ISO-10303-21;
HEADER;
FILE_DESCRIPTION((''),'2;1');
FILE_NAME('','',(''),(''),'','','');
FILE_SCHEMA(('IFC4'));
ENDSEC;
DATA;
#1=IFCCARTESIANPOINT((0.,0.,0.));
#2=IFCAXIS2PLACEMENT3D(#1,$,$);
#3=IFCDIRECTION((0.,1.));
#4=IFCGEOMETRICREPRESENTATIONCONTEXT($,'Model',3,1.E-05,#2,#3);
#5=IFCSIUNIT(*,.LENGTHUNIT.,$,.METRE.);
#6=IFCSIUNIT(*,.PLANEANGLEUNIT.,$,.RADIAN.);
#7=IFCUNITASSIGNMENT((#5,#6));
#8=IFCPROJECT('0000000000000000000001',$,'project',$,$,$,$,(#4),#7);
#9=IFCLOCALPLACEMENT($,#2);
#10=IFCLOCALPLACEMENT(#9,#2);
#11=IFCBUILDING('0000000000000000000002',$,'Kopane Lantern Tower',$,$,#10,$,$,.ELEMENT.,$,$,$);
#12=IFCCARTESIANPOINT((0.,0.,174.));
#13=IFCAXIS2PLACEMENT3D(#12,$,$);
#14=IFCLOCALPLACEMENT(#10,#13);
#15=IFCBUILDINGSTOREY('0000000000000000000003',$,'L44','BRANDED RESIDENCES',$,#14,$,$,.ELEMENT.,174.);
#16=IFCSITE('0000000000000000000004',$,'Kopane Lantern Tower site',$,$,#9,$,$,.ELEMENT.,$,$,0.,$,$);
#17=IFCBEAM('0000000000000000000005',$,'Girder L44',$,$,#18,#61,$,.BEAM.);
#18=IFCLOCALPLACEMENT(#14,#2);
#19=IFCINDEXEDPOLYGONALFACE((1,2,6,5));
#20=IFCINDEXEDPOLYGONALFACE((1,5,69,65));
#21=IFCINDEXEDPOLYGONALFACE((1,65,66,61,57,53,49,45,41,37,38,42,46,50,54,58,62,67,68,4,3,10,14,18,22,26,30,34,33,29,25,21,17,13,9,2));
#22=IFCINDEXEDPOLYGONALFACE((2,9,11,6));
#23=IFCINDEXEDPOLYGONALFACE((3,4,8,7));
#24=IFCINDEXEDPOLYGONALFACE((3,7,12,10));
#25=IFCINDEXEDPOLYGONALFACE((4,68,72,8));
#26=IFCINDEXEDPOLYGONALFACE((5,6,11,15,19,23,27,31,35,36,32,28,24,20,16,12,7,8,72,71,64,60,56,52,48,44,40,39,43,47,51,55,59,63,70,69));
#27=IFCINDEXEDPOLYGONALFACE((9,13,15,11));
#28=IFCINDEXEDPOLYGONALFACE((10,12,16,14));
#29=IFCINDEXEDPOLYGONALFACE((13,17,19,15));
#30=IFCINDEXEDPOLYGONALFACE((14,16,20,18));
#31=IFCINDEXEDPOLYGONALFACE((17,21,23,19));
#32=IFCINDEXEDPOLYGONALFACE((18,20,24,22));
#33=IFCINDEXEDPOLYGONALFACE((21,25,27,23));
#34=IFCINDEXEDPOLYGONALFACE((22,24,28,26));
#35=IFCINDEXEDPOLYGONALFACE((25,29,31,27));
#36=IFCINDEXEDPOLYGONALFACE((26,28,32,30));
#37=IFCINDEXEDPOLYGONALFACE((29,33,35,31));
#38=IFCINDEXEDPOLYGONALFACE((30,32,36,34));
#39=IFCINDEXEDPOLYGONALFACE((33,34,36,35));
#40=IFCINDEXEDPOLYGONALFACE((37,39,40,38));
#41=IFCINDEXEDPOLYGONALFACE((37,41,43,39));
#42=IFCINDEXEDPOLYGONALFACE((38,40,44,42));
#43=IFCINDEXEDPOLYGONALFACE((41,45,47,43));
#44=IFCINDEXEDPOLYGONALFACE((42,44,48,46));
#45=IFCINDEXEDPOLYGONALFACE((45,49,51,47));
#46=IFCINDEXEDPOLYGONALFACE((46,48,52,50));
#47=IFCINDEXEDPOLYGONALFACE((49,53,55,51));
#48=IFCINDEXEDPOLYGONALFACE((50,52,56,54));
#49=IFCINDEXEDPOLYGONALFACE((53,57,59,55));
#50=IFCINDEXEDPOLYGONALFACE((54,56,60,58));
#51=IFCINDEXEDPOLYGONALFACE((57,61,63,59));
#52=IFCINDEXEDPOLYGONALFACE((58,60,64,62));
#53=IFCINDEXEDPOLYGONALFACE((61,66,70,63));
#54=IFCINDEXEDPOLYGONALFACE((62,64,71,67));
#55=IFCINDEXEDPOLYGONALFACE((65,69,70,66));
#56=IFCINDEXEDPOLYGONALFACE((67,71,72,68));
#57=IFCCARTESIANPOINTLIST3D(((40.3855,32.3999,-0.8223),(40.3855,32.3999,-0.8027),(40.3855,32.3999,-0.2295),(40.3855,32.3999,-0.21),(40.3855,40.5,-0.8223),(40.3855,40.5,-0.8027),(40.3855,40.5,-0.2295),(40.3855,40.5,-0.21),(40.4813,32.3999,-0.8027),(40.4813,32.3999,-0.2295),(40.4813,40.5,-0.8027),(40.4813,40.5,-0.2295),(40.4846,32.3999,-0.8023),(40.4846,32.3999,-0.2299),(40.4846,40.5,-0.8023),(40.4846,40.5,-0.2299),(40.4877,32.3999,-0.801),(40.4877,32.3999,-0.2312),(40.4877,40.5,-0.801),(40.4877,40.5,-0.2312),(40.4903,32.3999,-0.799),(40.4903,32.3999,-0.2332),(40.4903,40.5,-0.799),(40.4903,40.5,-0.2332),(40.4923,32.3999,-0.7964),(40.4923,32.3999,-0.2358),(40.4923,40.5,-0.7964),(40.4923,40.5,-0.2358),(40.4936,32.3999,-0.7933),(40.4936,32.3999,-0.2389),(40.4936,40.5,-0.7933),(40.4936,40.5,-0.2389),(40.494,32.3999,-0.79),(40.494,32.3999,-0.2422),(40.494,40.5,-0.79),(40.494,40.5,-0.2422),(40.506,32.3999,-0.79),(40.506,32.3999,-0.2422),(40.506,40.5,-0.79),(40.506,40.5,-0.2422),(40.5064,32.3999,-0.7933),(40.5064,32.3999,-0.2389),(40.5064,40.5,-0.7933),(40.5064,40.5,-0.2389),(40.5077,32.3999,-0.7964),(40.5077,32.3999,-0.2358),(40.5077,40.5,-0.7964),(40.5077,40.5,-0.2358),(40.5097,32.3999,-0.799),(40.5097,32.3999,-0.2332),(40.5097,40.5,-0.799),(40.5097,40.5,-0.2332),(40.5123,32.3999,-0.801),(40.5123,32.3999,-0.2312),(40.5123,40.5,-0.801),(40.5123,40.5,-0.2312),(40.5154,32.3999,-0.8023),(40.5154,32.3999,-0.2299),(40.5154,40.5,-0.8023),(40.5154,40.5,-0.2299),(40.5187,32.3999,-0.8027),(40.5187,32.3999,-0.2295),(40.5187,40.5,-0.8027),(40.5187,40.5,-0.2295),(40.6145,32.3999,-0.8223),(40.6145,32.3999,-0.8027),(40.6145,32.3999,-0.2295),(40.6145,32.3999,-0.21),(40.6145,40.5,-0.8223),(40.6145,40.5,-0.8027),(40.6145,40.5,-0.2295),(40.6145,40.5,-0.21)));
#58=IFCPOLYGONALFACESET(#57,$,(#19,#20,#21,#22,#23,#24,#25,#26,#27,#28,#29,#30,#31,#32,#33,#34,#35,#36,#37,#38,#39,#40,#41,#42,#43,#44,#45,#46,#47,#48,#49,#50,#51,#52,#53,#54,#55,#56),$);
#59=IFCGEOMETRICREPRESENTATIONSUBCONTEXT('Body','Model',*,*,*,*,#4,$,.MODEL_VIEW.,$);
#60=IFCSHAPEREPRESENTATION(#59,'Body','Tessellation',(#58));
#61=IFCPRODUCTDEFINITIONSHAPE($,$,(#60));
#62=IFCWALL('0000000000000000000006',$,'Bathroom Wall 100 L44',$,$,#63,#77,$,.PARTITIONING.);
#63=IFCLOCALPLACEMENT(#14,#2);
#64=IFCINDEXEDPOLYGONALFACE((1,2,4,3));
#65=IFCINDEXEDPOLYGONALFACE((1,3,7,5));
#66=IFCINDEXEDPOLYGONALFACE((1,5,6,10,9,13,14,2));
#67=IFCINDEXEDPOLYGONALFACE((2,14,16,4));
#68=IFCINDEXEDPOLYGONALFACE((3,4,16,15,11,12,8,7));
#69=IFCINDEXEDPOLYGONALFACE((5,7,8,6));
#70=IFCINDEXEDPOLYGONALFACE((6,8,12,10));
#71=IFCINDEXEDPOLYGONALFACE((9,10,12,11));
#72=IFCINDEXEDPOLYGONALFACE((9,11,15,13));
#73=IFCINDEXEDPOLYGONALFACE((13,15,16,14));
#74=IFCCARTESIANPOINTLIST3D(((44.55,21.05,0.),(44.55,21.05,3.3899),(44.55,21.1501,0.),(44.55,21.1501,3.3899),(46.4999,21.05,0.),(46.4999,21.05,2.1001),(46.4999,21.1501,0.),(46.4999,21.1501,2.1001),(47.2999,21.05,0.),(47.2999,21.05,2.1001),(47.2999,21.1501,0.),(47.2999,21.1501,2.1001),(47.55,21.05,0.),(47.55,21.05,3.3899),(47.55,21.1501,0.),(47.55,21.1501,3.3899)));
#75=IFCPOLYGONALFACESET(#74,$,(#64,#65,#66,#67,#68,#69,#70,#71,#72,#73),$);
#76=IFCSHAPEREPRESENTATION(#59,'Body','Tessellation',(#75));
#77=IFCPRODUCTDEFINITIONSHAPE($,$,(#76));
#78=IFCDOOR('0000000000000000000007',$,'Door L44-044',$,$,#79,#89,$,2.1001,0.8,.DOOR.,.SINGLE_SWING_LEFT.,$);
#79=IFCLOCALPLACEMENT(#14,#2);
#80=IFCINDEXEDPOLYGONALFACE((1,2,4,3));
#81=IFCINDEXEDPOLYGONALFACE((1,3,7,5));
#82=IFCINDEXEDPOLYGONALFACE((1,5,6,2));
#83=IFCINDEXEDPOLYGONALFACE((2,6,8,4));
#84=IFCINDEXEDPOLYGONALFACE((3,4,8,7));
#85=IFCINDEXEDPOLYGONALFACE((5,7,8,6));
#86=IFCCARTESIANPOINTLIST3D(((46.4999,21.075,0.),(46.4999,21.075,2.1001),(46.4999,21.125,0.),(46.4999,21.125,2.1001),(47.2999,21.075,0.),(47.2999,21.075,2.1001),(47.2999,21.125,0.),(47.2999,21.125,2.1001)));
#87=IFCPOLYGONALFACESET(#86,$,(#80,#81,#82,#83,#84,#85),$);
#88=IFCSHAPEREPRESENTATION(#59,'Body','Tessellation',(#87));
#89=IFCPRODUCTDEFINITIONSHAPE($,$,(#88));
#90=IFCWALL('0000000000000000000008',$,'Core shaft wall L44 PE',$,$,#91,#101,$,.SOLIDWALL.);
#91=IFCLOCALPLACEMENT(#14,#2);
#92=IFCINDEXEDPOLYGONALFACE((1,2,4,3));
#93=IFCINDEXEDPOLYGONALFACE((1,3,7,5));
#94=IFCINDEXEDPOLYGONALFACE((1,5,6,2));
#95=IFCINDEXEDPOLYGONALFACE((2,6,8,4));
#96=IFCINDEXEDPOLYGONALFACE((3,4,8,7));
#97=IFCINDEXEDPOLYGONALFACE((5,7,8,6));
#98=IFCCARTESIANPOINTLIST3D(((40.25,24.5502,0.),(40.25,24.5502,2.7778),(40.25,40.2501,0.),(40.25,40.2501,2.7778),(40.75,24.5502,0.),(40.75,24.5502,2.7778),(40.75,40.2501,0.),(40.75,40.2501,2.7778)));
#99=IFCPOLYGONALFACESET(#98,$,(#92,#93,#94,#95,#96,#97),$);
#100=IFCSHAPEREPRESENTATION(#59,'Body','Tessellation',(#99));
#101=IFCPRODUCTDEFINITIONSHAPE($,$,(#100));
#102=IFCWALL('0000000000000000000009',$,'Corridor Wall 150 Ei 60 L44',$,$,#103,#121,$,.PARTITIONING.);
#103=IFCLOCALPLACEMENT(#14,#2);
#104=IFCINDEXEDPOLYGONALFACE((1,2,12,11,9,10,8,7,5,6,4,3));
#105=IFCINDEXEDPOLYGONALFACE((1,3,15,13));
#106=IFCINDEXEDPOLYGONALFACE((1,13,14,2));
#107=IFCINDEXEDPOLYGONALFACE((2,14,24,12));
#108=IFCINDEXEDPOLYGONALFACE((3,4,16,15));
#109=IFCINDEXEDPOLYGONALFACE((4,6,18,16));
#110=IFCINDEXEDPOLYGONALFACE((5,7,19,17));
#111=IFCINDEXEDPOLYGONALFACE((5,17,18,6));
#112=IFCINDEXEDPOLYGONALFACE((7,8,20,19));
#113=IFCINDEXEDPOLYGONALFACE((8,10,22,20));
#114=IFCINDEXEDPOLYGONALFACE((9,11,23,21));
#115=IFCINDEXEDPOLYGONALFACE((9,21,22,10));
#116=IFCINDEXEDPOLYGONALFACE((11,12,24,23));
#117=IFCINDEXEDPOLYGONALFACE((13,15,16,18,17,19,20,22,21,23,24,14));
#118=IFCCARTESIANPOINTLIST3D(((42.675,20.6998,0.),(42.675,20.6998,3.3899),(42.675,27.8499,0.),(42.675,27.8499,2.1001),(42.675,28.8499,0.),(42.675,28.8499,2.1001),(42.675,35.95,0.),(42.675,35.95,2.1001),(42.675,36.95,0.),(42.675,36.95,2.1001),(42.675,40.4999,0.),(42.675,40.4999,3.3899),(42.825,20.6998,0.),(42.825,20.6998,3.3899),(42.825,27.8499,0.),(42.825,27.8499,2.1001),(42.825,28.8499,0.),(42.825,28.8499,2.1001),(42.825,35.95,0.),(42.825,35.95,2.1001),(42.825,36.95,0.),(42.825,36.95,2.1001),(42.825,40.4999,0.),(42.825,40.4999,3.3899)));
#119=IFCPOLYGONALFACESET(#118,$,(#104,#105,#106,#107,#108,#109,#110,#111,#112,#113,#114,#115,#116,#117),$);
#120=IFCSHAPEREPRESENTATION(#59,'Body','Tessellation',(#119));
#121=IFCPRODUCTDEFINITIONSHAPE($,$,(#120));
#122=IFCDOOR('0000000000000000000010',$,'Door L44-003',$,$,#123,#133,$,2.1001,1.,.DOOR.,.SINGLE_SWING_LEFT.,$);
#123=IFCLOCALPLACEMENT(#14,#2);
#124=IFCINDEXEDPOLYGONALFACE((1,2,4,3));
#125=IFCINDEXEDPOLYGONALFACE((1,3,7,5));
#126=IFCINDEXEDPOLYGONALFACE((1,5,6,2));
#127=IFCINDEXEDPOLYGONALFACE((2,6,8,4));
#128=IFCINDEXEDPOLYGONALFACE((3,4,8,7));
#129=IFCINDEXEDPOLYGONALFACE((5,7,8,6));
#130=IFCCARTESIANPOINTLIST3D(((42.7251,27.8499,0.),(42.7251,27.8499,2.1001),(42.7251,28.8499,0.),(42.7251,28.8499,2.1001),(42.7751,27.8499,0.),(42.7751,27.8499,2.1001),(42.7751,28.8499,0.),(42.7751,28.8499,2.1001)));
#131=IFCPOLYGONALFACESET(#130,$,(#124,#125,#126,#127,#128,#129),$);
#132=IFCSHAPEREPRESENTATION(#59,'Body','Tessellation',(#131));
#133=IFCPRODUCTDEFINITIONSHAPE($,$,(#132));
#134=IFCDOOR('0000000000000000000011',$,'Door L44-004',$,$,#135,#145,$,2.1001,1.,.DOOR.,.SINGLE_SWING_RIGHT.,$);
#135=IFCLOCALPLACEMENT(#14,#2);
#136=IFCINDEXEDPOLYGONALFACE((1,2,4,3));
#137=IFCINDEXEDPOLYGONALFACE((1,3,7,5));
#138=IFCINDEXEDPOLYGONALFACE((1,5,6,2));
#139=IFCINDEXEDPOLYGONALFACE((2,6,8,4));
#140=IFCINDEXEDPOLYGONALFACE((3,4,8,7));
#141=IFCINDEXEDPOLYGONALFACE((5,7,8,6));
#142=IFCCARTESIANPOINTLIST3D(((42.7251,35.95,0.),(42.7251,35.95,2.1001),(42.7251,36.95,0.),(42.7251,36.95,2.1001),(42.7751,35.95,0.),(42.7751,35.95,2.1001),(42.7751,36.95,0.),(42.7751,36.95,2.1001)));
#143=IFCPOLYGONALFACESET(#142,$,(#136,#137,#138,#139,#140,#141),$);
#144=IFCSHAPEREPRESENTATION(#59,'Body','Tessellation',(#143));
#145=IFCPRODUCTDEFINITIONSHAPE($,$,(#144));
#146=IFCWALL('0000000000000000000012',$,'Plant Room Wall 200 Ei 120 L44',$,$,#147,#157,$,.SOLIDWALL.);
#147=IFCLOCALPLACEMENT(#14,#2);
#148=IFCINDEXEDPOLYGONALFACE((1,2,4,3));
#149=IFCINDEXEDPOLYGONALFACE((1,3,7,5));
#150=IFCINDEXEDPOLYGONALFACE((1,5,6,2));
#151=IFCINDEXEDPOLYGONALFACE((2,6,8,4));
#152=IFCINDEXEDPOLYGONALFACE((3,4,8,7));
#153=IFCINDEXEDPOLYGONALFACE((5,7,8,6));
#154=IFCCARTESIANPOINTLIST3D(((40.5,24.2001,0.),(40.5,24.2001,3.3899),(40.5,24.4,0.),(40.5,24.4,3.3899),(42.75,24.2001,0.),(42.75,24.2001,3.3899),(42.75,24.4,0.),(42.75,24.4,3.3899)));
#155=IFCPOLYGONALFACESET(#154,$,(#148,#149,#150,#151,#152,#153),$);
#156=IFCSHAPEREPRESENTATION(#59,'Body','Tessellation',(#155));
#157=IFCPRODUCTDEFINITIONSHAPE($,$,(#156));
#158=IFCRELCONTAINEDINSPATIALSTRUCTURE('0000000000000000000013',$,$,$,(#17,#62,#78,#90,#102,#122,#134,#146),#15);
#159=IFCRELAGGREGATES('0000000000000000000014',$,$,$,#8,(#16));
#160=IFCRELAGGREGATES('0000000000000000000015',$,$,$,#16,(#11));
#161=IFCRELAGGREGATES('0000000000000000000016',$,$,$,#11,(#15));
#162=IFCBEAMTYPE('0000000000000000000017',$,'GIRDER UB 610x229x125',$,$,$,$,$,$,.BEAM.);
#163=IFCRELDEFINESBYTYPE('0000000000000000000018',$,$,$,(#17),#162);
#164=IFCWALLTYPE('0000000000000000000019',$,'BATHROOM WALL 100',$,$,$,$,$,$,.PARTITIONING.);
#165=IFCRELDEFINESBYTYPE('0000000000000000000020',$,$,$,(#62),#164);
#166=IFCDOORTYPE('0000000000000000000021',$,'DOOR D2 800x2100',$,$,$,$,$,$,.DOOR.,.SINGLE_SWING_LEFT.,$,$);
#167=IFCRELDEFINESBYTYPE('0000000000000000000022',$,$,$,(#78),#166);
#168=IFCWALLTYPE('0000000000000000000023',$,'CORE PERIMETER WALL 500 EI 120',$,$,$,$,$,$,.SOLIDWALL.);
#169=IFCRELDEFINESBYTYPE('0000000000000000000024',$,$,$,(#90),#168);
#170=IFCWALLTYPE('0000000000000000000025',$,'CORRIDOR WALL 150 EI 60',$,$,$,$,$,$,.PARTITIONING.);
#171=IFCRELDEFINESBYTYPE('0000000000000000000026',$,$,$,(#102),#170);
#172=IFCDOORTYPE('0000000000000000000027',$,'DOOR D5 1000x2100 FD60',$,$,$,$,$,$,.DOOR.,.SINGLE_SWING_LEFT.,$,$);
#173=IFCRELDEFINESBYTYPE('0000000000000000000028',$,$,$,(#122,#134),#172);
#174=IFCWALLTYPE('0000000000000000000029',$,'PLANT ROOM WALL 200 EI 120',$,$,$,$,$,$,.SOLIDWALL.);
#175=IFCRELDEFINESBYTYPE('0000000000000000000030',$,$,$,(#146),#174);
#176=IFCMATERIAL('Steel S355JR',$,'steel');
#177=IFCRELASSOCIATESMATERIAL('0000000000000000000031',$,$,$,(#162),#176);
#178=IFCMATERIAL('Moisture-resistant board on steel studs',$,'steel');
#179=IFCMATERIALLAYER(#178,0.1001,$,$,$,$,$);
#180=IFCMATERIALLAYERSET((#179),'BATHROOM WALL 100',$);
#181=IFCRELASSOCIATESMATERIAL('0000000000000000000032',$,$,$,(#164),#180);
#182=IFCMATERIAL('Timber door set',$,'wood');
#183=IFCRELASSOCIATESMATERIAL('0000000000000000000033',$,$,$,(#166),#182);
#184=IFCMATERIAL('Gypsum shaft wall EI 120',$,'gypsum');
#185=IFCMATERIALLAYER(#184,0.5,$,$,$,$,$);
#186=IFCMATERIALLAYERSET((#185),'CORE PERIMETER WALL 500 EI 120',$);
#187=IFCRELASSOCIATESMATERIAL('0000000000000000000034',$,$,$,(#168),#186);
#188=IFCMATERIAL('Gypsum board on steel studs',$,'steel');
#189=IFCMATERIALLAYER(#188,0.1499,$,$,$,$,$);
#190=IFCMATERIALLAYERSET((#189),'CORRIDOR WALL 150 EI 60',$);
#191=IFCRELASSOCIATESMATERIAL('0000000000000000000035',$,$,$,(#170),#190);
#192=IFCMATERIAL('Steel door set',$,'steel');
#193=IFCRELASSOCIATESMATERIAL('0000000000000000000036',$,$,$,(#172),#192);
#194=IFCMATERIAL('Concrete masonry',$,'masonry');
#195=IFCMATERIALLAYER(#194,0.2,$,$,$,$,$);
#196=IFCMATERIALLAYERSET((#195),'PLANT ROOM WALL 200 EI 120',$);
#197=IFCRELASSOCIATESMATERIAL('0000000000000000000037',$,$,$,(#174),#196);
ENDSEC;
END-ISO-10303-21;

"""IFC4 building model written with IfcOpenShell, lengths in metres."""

from ifc_helpers import new_model, si_unit, direction, frame, frame_2d, origin, origin_2d, place, context, subcontext, project, spatial, rectangle, i_section, extrude, material, layer, layer_set, material_profile, profile_set, type_object, element, fill, save


model = new_model("IFC4")

# Units and contexts
model_context = context("Model", 3, precision=1e-05, world=origin(), true_north=direction((0.0, 1.0)))
body_context = subcontext(model_context, "Body", "Model", "MODEL_VIEW")
ifc_project = project(units=[si_unit("LENGTHUNIT", "METRE"), si_unit("PLANEANGLEUNIT", "RADIAN")], contexts=[model_context])

# Site, building, storey
site_placement = place(None, origin())
site = spatial("IfcSite", under=ifc_project, at=site_placement, Name="Kopane Lantern Tower site", CompositionType="ELEMENT", RefElevation=0.0)
building_placement = place(site_placement, origin())
building = spatial("IfcBuilding", under=site, at=building_placement, Name="Kopane Lantern Tower", CompositionType="ELEMENT")
storey_placement = place(building_placement, frame((0.0, 0.0, 174.0)))
storey = spatial("IfcBuildingStorey", under=building, at=storey_placement, Name="L44", Description="BRANDED RESIDENCES", CompositionType="ELEMENT", Elevation=174.0)

# Beam
ifc_material_1 = material(Name="Steel S355JR", Category="steel")
ifc_material_profile_1 = material_profile(ifc_material_1, i_section(OverallWidth=0.229, OverallDepth=0.6123, WebThickness=0.012, FlangeThickness=0.0195, FilletRadius=0.0127, at=origin_2d()), Name="UB 610x229x125")
ifc_profile_set_1 = profile_set([ifc_material_profile_1], Name="Steel S355JR")
beam_type = type_object("IfcBeamType", Name="GIRDER UB 610x229x125", PredefinedType="BEAM", material=ifc_profile_set_1)
for number, where, z_axis, x_axis, name in (
    (1, (40.5, 32.3999, -0.5161), (0.0, 1.0, 0.0), (-1.0, 0.0, 0.0), "Girder L44"),
):
    element("IfcBeam", number, at=place(storey_placement, frame(where, z_axis=z_axis, x_axis=x_axis)), inside=storey, type_object=beam_type, Name=name, PredefinedType="BEAM", context=body_context, shape_type="SweptSolid", body=[
        extrude(i_section(OverallWidth=0.229, OverallDepth=0.6123, WebThickness=0.012, FlangeThickness=0.0195, FilletRadius=0.0127, at=origin_2d()), origin(), (0.0, 0.0, 1.0), 8.1001),
    ])

# Wall, opening, door
ifc_material_2 = material(Name="Moisture-resistant board on steel studs", Category="steel")
ifc_layer_1 = layer(ifc_material_2, 0.1001)
ifc_layer_set_1 = layer_set([ifc_layer_1], Name="BATHROOM WALL 100")
wall_type_1 = type_object("IfcWallType", Name="BATHROOM WALL 100", PredefinedType="PARTITIONING", material=ifc_layer_set_1)
wall_1_placement = place(storey_placement, frame((44.55, 21.1001, 0.0), z_axis=(0.0, 0.0, 1.0), x_axis=(1.0, 0.0, 0.0)))
wall_1 = element("IfcWall", 2, at=wall_1_placement, inside=storey, type_object=wall_type_1, Name="Bathroom Wall 100 L44", PredefinedType="PARTITIONING", context=body_context, shape_type="SweptSolid", body=[
    extrude(rectangle(XDim=3.0, YDim=0.1001, at=frame_2d((1.5, 0.0))), origin(), (0.0, 0.0, 1.0), 3.3899),
])
opening_1_placement = place(wall_1_placement, frame((1.95, 0.0, 0.0)))
opening_1 = element("IfcOpeningElement", 3, at=opening_1_placement, cuts=wall_1, PredefinedType="OPENING", context=body_context, shape_type="SweptSolid", body=[
    extrude(rectangle(XDim=0.8, YDim=2.1001, at=frame_2d((0.3999, 1.05))), frame((0.0, 0.0601, 0.0), z_axis=(0.0, -1.0, 0.0), x_axis=(1.0, 0.0, 0.0)), (0.0, 0.0, 1.0), 0.1201),
])
ifc_material_3 = material(Name="Timber door set", Category="wood")
door_type_1 = type_object("IfcDoorType", Name="DOOR D2 800x2100", OperationType="SINGLE_SWING_LEFT", PredefinedType="DOOR", material=ifc_material_3)
door_1_placement = place(opening_1_placement, origin())
door_1 = element("IfcDoor", 4, at=door_1_placement, inside=storey, type_object=door_type_1, Name="Door L44-044", OperationType="SINGLE_SWING_LEFT", OverallHeight=2.1001, OverallWidth=0.8, PredefinedType="DOOR", context=body_context, shape_type="SweptSolid", body=[
    extrude(rectangle(XDim=0.8, YDim=2.1001, at=frame_2d((0.3999, 1.05))), frame((0.0, 0.0249, 0.0), z_axis=(0.0, -1.0, 0.0), x_axis=(1.0, 0.0, 0.0)), (0.0, 0.0, 1.0), 0.05),
])
fill(opening_1, door_1)

# Wall
ifc_material_4 = material(Name="Gypsum shaft wall EI 120", Category="gypsum")
ifc_layer_2 = layer(ifc_material_4, 0.5)
ifc_layer_set_2 = layer_set([ifc_layer_2], Name="CORE PERIMETER WALL 500 EI 120")
wall_type_2 = type_object("IfcWallType", Name="CORE PERIMETER WALL 500 EI 120", PredefinedType="SOLIDWALL", material=ifc_layer_set_2)
wall_2_placement = place(storey_placement, frame((40.5, 24.55, 0.0), z_axis=(0.0, 0.0, 1.0), x_axis=(0.0, 1.0, 0.0)))
element("IfcWall", 5, at=wall_2_placement, inside=storey, type_object=wall_type_2, Name="Core shaft wall L44 PE", PredefinedType="SOLIDWALL", context=body_context, shape_type="SweptSolid", body=[
    extrude(rectangle(XDim=15.7, YDim=0.5, at=frame_2d((7.8501, 0.0))), origin(), (0.0, 0.0, 1.0), 2.7778),
])

# Wall, openings, doors
ifc_material_5 = material(Name="Gypsum board on steel studs", Category="steel")
ifc_layer_3 = layer(ifc_material_5, 0.1499)
ifc_layer_set_3 = layer_set([ifc_layer_3], Name="CORRIDOR WALL 150 EI 60")
wall_type_3 = type_object("IfcWallType", Name="CORRIDOR WALL 150 EI 60", PredefinedType="PARTITIONING", material=ifc_layer_set_3)
wall_3_placement = place(storey_placement, frame((42.75, 20.7, 0.0), z_axis=(0.0, 0.0, 1.0), x_axis=(0.0, 1.0, 0.0)))
wall_3 = element("IfcWall", 6, at=wall_3_placement, inside=storey, type_object=wall_type_3, Name="Corridor Wall 150 Ei 60 L44", PredefinedType="PARTITIONING", context=body_context, shape_type="SweptSolid", body=[
    extrude(rectangle(XDim=19.8, YDim=0.1499, at=frame_2d((9.8999, 0.0))), origin(), (0.0, 0.0, 1.0), 3.3899),
])
opening_2_placement = place(wall_3_placement, frame((7.1499, 0.0, 0.0)))
opening_2 = element("IfcOpeningElement", 7, at=opening_2_placement, cuts=wall_3, PredefinedType="OPENING", context=body_context, shape_type="SweptSolid", body=[
    extrude(rectangle(XDim=1.0, YDim=2.1001, at=frame_2d((0.5, 1.05))), frame((0.0, 0.085, 0.0), z_axis=(0.0, -1.0, 0.0), x_axis=(1.0, 0.0, 0.0)), (0.0, 0.0, 1.0), 0.1699),
])
opening_3_placement = place(wall_3_placement, frame((15.25, 0.0, 0.0)))
opening_3 = element("IfcOpeningElement", 8, at=opening_3_placement, cuts=wall_3, PredefinedType="OPENING", context=body_context, shape_type="SweptSolid", body=[
    extrude(rectangle(XDim=1.0, YDim=2.1001, at=frame_2d((0.5, 1.05))), frame((0.0, 0.085, 0.0), z_axis=(0.0, -1.0, 0.0), x_axis=(1.0, 0.0, 0.0)), (0.0, 0.0, 1.0), 0.1699),
])
ifc_material_6 = material(Name="Steel door set", Category="steel")
door_type_2 = type_object("IfcDoorType", Name="DOOR D5 1000x2100 FD60", OperationType="SINGLE_SWING_LEFT", PredefinedType="DOOR", material=ifc_material_6)
door_2_placement = place(opening_2_placement, origin())
door_2 = element("IfcDoor", 9, at=door_2_placement, inside=storey, type_object=door_type_2, Name="Door L44-003", OperationType="SINGLE_SWING_LEFT", OverallHeight=2.1001, OverallWidth=1.0, PredefinedType="DOOR", context=body_context, shape_type="SweptSolid", body=[
    extrude(rectangle(XDim=1.0, YDim=2.1001, at=frame_2d((0.5, 1.05))), frame((0.0, 0.0249, 0.0), z_axis=(0.0, -1.0, 0.0), x_axis=(1.0, 0.0, 0.0)), (0.0, 0.0, 1.0), 0.05),
])
fill(opening_2, door_2)
door_3_placement = place(opening_3_placement, origin())
door_3 = element("IfcDoor", 10, at=door_3_placement, inside=storey, type_object=door_type_2, Name="Door L44-004", OperationType="SINGLE_SWING_RIGHT", OverallHeight=2.1001, OverallWidth=1.0, PredefinedType="DOOR", context=body_context, shape_type="SweptSolid", body=[
    extrude(rectangle(XDim=1.0, YDim=2.1001, at=frame_2d((0.5, 1.05))), frame((0.0, 0.0249, 0.0), z_axis=(0.0, -1.0, 0.0), x_axis=(1.0, 0.0, 0.0)), (0.0, 0.0, 1.0), 0.05),
])
fill(opening_3, door_3)

# Wall
ifc_material_7 = material(Name="Concrete masonry", Category="masonry")
ifc_layer_4 = layer(ifc_material_7, 0.2)
ifc_layer_set_4 = layer_set([ifc_layer_4], Name="PLANT ROOM WALL 200 EI 120")
wall_type_4 = type_object("IfcWallType", Name="PLANT ROOM WALL 200 EI 120", PredefinedType="SOLIDWALL", material=ifc_layer_set_4)
wall_4_placement = place(storey_placement, frame((40.5, 24.3, 0.0), z_axis=(0.0, 0.0, 1.0), x_axis=(1.0, 0.0, 0.0)))
element("IfcWall", 11, at=wall_4_placement, inside=storey, type_object=wall_type_4, Name="Plant Room Wall 200 Ei 120 L44", PredefinedType="SOLIDWALL", context=body_context, shape_type="SweptSolid", body=[
    extrude(rectangle(XDim=2.25, YDim=0.2, at=frame_2d((1.125, 0.0))), origin(), (0.0, 0.0, 1.0), 3.3899),
])

save(model, "model.ifc")
